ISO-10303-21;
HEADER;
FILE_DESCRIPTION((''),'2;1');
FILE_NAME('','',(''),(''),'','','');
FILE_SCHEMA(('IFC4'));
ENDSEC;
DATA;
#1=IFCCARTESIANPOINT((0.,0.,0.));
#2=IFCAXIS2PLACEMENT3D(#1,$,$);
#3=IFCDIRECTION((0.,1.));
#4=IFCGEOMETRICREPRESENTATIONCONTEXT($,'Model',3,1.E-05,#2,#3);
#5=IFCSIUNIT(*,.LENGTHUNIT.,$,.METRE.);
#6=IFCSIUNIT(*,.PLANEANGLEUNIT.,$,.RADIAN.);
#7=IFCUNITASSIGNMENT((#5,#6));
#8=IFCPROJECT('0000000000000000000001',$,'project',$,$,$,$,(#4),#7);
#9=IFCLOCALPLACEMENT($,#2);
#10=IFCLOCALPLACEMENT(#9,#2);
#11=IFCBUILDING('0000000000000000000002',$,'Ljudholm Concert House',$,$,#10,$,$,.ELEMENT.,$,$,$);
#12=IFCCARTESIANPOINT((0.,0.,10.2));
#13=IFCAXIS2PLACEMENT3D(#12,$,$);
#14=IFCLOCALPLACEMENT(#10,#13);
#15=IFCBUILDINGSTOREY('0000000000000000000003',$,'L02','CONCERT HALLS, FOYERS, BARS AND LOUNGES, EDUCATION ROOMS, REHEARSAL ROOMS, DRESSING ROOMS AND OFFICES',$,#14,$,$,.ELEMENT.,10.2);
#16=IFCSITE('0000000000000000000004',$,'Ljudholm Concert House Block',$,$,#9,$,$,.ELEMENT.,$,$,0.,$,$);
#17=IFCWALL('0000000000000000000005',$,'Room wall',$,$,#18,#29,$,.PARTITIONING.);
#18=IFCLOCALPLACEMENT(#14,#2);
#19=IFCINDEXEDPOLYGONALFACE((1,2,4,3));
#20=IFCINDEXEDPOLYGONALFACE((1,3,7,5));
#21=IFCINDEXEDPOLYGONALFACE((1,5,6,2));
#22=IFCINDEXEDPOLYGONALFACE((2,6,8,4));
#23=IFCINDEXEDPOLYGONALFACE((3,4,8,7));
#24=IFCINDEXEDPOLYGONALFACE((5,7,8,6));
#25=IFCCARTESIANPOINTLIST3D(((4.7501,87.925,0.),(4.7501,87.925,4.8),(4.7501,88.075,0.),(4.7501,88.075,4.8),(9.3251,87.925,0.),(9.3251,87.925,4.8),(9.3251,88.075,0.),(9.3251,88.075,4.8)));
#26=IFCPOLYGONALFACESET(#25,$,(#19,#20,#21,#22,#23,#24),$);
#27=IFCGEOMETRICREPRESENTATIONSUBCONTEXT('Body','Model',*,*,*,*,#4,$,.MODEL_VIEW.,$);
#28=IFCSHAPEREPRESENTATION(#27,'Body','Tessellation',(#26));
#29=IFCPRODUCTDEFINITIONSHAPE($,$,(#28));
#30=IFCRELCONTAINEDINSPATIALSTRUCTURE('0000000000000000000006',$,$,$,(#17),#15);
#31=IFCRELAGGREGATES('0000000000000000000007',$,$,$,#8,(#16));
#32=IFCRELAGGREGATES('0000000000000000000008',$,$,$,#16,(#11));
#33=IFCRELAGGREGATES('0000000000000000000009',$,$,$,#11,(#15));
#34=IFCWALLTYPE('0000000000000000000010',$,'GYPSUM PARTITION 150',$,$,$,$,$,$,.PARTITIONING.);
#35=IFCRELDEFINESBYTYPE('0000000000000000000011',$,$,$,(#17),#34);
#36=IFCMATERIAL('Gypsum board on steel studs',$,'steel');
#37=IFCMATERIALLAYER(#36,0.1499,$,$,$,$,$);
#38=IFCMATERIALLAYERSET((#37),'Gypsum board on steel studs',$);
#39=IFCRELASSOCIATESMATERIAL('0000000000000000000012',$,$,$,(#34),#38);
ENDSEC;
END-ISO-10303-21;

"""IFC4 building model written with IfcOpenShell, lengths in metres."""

from ifc_helpers import new_model, si_unit, direction, frame, frame_2d, origin, place, context, subcontext, project, spatial, rectangle, extrude, material, layer, layer_set, type_object, element, save


model = new_model("IFC4")

# Units and contexts
model_context = context("Model", 3, precision=1e-05, world=origin(), true_north=direction((0.0, 1.0)))
body_context = subcontext(model_context, "Body", "Model", "MODEL_VIEW")
ifc_project = project(units=[si_unit("LENGTHUNIT", "METRE"), si_unit("PLANEANGLEUNIT", "RADIAN")], contexts=[model_context])

# Site, building, storey
site_placement = place(None, origin())
site = spatial("IfcSite", under=ifc_project, at=site_placement, Name="Ljudholm Concert House Block", CompositionType="ELEMENT", RefElevation=0.0)
building_placement = place(site_placement, origin())
building = spatial("IfcBuilding", under=site, at=building_placement, Name="Ljudholm Concert House", CompositionType="ELEMENT")
storey_placement = place(building_placement, frame((0.0, 0.0, 10.2)))
storey = spatial("IfcBuildingStorey", under=building, at=storey_placement, Name="L02", Description="CONCERT HALLS, FOYERS, BARS AND LOUNGES, EDUCATION ROOMS, REHEARSAL ROOMS, DRESSING ROOMS AND OFFICES", CompositionType="ELEMENT", Elevation=10.2)

# Wall
ifc_material_1 = material(Name="Gypsum board on steel studs", Category="steel")
ifc_layer_1 = layer(ifc_material_1, 0.1499)
ifc_layer_set_1 = layer_set([ifc_layer_1], Name="Gypsum board on steel studs")
wall_type = type_object("IfcWallType", Name="GYPSUM PARTITION 150", PredefinedType="PARTITIONING", material=ifc_layer_set_1)
wall_placement = place(storey_placement, frame((4.75, 88.0, 0.0), z_axis=(0.0, 0.0, 1.0), x_axis=(1.0, 0.0, 0.0)))
element("IfcWall", 1, at=wall_placement, inside=storey, type_object=wall_type, Name="Room wall", PredefinedType="PARTITIONING", context=body_context, shape_type="SweptSolid", body=[
    extrude(rectangle(XDim=4.575, YDim=0.1499, at=frame_2d((2.2876, 0.0))), origin(), (0.0, 0.0, 1.0), 4.8),
])

save(model, "model.ifc")
